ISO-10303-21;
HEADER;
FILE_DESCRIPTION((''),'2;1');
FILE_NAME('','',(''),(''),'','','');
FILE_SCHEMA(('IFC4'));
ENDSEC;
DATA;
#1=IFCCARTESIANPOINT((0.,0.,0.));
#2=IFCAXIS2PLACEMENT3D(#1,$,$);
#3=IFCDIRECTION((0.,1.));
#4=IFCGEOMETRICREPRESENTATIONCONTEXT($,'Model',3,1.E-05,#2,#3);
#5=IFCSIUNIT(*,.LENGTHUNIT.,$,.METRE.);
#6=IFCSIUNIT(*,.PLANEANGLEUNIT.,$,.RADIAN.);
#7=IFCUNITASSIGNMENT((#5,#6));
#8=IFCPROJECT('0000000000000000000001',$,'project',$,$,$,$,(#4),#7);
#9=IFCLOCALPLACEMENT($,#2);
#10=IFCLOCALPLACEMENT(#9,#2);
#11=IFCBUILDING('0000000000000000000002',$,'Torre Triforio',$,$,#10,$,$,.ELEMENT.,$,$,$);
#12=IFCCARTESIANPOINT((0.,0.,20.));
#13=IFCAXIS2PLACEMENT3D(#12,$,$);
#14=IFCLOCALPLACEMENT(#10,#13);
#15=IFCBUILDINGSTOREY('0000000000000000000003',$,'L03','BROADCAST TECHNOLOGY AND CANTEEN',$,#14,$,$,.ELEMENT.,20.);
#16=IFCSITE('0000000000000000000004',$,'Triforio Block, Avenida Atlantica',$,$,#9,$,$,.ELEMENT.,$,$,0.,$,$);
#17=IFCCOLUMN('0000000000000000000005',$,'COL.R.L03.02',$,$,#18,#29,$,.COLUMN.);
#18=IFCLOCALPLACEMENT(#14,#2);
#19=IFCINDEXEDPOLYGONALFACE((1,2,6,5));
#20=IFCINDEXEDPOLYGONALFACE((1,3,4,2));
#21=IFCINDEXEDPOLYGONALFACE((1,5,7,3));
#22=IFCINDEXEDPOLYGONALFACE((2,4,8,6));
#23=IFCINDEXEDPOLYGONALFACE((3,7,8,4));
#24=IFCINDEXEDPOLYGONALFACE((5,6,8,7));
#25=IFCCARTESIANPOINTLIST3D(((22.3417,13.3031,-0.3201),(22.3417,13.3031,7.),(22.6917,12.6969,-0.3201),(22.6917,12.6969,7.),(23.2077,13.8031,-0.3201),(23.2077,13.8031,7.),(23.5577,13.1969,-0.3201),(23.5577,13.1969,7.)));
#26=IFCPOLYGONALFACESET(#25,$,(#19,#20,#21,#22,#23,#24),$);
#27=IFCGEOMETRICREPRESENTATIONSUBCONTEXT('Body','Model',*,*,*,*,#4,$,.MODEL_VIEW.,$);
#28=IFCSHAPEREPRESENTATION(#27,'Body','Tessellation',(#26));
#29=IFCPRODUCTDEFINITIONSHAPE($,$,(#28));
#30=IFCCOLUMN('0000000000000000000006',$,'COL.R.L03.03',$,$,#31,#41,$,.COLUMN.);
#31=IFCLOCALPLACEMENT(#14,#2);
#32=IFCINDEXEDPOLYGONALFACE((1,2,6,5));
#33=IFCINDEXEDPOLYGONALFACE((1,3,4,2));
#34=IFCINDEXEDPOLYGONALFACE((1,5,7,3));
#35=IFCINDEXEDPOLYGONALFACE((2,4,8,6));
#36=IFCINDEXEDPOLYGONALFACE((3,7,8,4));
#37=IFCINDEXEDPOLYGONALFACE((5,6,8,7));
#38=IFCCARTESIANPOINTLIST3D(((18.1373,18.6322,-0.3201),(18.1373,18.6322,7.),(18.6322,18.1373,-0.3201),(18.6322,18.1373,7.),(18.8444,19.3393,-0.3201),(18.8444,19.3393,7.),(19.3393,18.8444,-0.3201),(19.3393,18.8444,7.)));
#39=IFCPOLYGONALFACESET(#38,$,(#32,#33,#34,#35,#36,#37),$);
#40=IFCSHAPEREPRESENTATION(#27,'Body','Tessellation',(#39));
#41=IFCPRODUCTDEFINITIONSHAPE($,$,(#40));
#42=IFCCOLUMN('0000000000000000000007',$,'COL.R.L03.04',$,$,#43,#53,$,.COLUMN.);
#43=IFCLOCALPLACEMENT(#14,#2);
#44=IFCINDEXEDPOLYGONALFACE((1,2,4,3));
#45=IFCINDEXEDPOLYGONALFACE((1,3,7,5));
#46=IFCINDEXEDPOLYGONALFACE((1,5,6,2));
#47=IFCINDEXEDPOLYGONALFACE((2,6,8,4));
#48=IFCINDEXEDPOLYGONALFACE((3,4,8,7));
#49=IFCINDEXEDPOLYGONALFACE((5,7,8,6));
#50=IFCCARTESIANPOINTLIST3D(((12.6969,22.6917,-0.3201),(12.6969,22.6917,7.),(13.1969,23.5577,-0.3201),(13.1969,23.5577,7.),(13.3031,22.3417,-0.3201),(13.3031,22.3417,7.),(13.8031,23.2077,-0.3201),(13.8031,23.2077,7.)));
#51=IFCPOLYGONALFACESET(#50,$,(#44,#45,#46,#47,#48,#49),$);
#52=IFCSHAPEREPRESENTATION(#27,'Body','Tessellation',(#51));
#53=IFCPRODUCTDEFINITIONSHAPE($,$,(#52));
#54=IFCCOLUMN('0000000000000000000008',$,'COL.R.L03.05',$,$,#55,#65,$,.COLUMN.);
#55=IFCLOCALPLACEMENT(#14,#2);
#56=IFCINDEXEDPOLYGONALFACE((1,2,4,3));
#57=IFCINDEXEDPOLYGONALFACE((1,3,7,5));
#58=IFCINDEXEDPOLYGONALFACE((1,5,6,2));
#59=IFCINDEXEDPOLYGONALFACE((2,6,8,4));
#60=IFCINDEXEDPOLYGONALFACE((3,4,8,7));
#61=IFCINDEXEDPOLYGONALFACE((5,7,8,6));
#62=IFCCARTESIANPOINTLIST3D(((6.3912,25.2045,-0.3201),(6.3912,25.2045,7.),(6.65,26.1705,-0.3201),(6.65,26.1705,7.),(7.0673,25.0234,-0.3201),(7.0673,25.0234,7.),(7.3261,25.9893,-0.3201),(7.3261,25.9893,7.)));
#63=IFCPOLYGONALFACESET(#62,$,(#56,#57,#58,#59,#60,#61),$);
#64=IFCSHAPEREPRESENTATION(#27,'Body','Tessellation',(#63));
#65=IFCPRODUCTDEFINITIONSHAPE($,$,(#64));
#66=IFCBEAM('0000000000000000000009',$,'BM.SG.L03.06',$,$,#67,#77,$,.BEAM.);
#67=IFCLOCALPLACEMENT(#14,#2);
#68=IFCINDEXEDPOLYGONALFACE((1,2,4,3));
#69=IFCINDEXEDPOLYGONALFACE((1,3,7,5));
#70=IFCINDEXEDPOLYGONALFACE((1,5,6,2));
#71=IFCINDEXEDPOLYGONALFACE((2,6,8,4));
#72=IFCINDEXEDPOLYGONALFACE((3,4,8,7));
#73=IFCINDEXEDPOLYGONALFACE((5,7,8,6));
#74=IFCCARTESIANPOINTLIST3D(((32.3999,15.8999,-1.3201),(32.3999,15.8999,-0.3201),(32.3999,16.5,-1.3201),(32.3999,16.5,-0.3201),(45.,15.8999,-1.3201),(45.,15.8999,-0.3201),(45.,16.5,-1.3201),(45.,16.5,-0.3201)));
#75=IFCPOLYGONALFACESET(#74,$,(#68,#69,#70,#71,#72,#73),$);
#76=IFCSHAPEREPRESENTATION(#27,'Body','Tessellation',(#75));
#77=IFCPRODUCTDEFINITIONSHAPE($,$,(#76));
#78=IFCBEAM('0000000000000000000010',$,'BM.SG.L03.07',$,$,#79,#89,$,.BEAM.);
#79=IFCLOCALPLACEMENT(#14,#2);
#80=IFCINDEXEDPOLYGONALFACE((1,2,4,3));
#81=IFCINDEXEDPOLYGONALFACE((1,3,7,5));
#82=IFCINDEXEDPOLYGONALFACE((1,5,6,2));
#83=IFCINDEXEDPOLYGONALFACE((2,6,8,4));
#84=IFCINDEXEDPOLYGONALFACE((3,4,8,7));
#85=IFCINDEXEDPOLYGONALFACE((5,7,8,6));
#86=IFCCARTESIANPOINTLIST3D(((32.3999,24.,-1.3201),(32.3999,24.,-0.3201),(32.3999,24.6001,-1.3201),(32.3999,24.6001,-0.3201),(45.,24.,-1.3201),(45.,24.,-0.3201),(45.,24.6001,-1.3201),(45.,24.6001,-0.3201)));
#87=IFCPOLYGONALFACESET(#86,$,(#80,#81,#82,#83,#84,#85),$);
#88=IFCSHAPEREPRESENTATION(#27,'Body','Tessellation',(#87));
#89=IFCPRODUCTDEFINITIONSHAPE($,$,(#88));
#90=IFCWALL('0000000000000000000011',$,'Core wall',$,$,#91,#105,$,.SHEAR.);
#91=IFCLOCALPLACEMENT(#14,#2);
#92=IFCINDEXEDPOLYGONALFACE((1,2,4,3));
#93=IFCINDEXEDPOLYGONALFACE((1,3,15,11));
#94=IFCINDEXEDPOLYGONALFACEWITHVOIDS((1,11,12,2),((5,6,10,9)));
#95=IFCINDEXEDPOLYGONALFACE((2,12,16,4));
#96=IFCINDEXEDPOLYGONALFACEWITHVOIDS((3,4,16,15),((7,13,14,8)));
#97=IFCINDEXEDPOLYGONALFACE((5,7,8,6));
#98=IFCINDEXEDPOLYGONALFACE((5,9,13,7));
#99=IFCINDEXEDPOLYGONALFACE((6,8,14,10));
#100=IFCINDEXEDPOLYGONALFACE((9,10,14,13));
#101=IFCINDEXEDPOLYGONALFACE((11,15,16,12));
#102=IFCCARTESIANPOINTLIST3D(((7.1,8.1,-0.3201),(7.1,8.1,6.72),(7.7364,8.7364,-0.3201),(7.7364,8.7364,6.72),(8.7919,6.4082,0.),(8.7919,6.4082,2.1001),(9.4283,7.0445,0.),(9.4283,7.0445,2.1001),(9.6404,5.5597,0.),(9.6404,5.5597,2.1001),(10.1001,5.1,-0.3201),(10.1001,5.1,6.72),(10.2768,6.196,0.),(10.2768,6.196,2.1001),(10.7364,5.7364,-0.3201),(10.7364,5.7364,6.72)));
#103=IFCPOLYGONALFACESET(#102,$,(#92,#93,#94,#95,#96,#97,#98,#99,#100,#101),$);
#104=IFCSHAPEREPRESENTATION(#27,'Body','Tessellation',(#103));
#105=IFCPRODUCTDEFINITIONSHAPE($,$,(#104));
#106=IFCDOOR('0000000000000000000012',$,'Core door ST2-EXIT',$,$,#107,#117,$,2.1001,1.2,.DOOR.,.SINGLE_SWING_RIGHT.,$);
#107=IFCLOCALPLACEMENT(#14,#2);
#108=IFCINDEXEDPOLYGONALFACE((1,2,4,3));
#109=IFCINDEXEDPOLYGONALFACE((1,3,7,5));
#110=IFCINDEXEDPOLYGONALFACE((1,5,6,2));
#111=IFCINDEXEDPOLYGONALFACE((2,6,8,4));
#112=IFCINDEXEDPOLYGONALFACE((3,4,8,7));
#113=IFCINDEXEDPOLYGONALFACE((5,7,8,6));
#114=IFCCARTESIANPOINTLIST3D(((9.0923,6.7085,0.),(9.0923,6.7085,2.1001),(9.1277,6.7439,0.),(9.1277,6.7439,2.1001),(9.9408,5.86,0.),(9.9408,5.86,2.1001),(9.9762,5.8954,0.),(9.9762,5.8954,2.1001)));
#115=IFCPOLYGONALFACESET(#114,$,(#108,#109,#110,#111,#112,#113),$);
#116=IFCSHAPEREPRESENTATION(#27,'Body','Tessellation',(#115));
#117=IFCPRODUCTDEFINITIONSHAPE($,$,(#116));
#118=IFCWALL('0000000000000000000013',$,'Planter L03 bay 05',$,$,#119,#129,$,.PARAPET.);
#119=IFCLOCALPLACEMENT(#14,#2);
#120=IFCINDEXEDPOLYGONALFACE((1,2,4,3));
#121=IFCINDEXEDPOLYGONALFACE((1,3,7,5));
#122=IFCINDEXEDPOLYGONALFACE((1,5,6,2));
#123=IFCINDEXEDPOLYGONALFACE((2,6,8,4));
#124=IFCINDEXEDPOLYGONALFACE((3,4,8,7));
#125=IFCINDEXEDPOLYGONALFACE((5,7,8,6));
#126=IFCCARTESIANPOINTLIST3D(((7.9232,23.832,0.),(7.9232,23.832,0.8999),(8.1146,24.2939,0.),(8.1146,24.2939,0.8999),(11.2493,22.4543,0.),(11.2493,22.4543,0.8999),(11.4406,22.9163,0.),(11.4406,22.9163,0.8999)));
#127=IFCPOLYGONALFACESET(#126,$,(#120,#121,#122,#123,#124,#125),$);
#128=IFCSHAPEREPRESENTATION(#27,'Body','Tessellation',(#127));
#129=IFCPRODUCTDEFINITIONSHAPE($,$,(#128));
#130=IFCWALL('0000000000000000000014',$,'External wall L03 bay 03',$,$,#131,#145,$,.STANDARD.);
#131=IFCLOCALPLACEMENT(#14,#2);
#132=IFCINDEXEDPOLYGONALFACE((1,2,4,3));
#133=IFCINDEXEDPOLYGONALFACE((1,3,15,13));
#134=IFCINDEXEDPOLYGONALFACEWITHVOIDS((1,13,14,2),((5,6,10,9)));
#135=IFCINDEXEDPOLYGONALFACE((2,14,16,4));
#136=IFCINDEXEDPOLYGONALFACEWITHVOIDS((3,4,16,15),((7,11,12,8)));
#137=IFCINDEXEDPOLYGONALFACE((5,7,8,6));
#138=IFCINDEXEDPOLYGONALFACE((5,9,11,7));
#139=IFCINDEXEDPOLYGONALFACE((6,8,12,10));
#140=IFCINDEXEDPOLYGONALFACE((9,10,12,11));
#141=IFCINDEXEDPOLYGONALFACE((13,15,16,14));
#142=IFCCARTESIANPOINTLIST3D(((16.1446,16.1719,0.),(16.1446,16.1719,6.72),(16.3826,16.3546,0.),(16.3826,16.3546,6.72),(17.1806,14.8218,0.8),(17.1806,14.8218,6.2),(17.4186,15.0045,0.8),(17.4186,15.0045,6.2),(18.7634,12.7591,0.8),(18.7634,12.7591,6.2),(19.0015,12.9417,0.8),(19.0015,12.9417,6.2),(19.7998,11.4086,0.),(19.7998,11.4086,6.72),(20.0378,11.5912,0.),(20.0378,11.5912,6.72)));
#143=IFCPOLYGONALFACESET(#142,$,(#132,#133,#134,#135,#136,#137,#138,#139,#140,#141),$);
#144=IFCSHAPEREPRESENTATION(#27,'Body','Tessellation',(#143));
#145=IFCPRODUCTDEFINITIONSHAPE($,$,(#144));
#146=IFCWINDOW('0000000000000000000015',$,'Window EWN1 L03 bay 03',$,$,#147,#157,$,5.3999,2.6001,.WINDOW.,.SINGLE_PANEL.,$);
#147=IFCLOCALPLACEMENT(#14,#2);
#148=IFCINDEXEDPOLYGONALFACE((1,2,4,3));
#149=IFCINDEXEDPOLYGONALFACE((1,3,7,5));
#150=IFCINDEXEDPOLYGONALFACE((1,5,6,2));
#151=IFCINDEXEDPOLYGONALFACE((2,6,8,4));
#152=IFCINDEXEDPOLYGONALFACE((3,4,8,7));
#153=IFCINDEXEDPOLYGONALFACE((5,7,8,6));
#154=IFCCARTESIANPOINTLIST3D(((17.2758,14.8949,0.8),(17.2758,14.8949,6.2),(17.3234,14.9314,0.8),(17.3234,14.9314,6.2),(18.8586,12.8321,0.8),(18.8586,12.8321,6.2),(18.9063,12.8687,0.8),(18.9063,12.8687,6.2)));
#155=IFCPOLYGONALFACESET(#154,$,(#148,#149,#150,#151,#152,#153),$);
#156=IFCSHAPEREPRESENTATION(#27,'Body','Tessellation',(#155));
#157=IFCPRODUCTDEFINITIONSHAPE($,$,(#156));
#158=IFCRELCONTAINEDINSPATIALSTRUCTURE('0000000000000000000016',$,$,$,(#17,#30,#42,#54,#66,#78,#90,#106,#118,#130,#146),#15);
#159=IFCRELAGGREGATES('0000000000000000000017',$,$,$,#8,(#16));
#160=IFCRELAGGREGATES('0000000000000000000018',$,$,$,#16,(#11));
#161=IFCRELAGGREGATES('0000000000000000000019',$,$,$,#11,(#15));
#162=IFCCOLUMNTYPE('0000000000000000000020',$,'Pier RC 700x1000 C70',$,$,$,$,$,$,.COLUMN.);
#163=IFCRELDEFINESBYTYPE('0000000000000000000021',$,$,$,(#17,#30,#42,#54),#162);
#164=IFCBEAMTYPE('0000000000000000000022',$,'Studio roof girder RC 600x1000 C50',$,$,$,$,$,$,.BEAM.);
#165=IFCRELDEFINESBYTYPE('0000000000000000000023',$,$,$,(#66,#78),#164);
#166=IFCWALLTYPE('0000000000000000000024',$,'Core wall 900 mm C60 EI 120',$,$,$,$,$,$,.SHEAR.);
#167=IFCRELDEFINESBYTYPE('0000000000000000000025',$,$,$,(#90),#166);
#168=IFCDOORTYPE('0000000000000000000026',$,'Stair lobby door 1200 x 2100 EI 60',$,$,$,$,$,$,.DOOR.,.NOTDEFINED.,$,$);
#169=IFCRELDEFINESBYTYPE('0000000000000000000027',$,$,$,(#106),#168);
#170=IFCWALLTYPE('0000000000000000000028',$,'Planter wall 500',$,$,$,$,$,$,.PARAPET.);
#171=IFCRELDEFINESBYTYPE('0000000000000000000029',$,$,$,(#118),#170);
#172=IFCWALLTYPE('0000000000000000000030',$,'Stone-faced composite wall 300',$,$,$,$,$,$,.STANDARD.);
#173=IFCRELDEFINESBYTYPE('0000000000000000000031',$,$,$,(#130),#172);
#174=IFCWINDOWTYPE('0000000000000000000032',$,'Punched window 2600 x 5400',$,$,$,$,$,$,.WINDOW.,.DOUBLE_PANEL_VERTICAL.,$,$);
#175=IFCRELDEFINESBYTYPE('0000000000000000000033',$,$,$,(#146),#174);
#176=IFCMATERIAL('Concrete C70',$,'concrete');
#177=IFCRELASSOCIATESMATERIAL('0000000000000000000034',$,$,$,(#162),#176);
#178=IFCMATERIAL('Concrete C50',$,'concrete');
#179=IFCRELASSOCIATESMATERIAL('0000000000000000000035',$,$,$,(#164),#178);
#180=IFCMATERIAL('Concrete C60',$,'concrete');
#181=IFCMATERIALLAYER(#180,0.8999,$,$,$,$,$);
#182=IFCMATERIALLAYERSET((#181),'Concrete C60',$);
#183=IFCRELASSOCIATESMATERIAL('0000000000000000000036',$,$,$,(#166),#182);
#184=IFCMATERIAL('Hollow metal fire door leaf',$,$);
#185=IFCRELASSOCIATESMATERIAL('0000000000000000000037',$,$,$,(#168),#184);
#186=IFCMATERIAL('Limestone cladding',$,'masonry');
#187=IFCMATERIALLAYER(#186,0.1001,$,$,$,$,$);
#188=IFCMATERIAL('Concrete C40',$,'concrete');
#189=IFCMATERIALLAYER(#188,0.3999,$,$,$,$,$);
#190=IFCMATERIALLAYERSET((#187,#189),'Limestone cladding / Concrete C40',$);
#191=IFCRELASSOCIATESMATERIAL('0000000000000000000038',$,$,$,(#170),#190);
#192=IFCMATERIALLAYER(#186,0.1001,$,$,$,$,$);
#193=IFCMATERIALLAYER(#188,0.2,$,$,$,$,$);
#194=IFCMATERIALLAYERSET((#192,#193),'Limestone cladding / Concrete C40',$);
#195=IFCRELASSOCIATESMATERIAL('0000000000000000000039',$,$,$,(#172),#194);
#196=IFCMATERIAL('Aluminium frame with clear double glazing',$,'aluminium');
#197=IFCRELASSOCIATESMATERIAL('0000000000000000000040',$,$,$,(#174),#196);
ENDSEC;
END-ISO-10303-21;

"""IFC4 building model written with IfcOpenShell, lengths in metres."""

from ifc_helpers import new_model, si_unit, direction, frame, frame_2d, origin, origin_2d, place, context, subcontext, project, spatial, rectangle, extrude, material, layer, layer_set, material_profile, profile_set, type_object, element, fill, save


model = new_model("IFC4")

# Units and contexts
model_context = context("Model", 3, precision=1e-05, world=origin(), true_north=direction((0.0, 1.0)))
body_context = subcontext(model_context, "Body", "Model", "MODEL_VIEW")
ifc_project = project(units=[si_unit("LENGTHUNIT", "METRE"), si_unit("PLANEANGLEUNIT", "RADIAN")], contexts=[model_context])

# Site, building, storey
site_placement = place(None, origin())
site = spatial("IfcSite", under=ifc_project, at=site_placement, Name="Triforio Block, Avenida Atlantica", CompositionType="ELEMENT", RefElevation=0.0)
building_placement = place(site_placement, origin())
building = spatial("IfcBuilding", under=site, at=building_placement, Name="Torre Triforio", CompositionType="ELEMENT")
storey_placement = place(building_placement, frame((0.0, 0.0, 20.0)))
storey = spatial("IfcBuildingStorey", under=building, at=storey_placement, Name="L03", Description="BROADCAST TECHNOLOGY AND CANTEEN", CompositionType="ELEMENT", Elevation=20.0)

# Columns
ifc_material_1 = material(Name="Concrete C70", Category="concrete")
ifc_material_profile_1 = material_profile(ifc_material_1, rectangle(XDim=0.7, YDim=1.0, at=origin_2d()), Name="RC 700x1000")
ifc_profile_set_1 = profile_set([ifc_material_profile_1], Name="Concrete C70")
column_type = type_object("IfcColumnType", Name="Pier RC 700x1000 C70", PredefinedType="COLUMN", material=ifc_profile_set_1)
for number, where, z_axis, x_axis, name in (
    (1, (22.9497, 13.25, -0.3201), (0.0, 0.0, 1.0), (-0.5, 0.866025, 0.0), "COL.R.L03.02"),
    (2, (18.7383, 18.7383, -0.3201), (0.0, 0.0, 1.0), (-0.707107, 0.707107, 0.0), "COL.R.L03.03"),
    (3, (13.25, 22.9497, -0.3201), (0.0, 0.0, 1.0), (-0.866025, 0.5, 0.0), "COL.R.L03.04"),
    (4, (6.8586, 25.5969, -0.3201), (0.0, 0.0, 1.0), (-0.965926, 0.258819, 0.0), "COL.R.L03.05"),
):
    element("IfcColumn", number, at=place(storey_placement, frame(where, z_axis=z_axis, x_axis=x_axis)), inside=storey, type_object=column_type, Name=name, PredefinedType="COLUMN", context=body_context, shape_type="SweptSolid", body=[
        extrude(rectangle(XDim=0.7, YDim=1.0, at=origin_2d()), origin(), (0.0, 0.0, 1.0), 7.3201),
    ])

# Beams
ifc_material_2 = material(Name="Concrete C50", Category="concrete")
ifc_material_profile_2 = material_profile(ifc_material_2, rectangle(XDim=0.6001, YDim=1.0, at=origin_2d()), Name="RC 600x1000")
ifc_profile_set_2 = profile_set([ifc_material_profile_2], Name="Concrete C50")
beam_type = type_object("IfcBeamType", Name="Studio roof girder RC 600x1000 C50", PredefinedType="BEAM", material=ifc_profile_set_2)
for number, where, z_axis, x_axis, name in (
    (5, (32.3999, 16.2, -0.8201), (1.0, 0.0, 0.0), (0.0, 1.0, 0.0), "BM.SG.L03.06"),
    (6, (32.3999, 24.3, -0.8201), (1.0, 0.0, 0.0), (0.0, 1.0, 0.0), "BM.SG.L03.07"),
):
    element("IfcBeam", number, at=place(storey_placement, frame(where, z_axis=z_axis, x_axis=x_axis)), inside=storey, type_object=beam_type, Name=name, PredefinedType="BEAM", context=body_context, shape_type="SweptSolid", body=[
        extrude(rectangle(XDim=0.6001, YDim=1.0, at=origin_2d()), origin(), (0.0, 0.0, 1.0), 12.6001),
    ])

# Wall, opening, door
ifc_material_3 = material(Name="Concrete C60", Category="concrete")
ifc_layer_1 = layer(ifc_material_3, 0.8999)
ifc_layer_set_1 = layer_set([ifc_layer_1], Name="Concrete C60")
wall_type_1 = type_object("IfcWallType", Name="Core wall 900 mm C60 EI 120", PredefinedType="SHEAR", material=ifc_layer_set_1)
wall_1_placement = place(storey_placement, frame((7.4182, 8.4182, -0.3201), z_axis=(0.0, 0.0, 1.0), x_axis=(0.707107, -0.707107, 0.0)))
wall_1 = element("IfcWall", 7, at=wall_1_placement, inside=storey, type_object=wall_type_1, Name="Core wall", PredefinedType="SHEAR", context=body_context, shape_type="SweptSolid", body=[
    extrude(rectangle(XDim=4.2427, YDim=0.8999, at=frame_2d((2.1213, 0.0))), origin(), (0.0, 0.0, 1.0), 7.04),
])
opening_1_placement = place(wall_1_placement, frame((2.3926, 0.0, 0.3201)))
opening_1 = element("IfcOpeningElement", 8, at=opening_1_placement, cuts=wall_1, PredefinedType="OPENING", context=body_context, shape_type="SweptSolid", body=[
    extrude(rectangle(XDim=1.2, YDim=2.1001, at=frame_2d((0.6001, 1.05))), frame((0.0, 0.46, 0.0), z_axis=(0.0, -1.0, 0.0), x_axis=(1.0, 0.0, 0.0)), (0.0, 0.0, 1.0), 0.9199),
])
ifc_material_4 = material(Name="Hollow metal fire door leaf")
door_type = type_object("IfcDoorType", Name="Stair lobby door 1200 x 2100 EI 60", OperationType="NOTDEFINED", PredefinedType="DOOR", material=ifc_material_4)
door_placement = place(opening_1_placement, origin())
door = element("IfcDoor", 9, at=door_placement, inside=storey, type_object=door_type, Name="Core door ST2-EXIT", OperationType="SINGLE_SWING_RIGHT", OverallHeight=2.1001, OverallWidth=1.2, PredefinedType="DOOR", context=body_context, shape_type="SweptSolid", body=[
    extrude(rectangle(XDim=1.2, YDim=2.1001, at=frame_2d((0.6001, 1.05))), frame((0.0, 0.0249, 0.0), z_axis=(0.0, -1.0, 0.0), x_axis=(1.0, 0.0, 0.0)), (0.0, 0.0, 1.0), 0.05),
])
fill(opening_1, door)

# Wall
ifc_material_5 = material(Name="Limestone cladding", Category="masonry")
ifc_layer_2 = layer(ifc_material_5, 0.1001)
ifc_material_6 = material(Name="Concrete C40", Category="concrete")
ifc_layer_3 = layer(ifc_material_6, 0.3999)
ifc_layer_set_2 = layer_set([ifc_layer_2, ifc_layer_3], Name="Limestone cladding / Concrete C40")
wall_type_2 = type_object("IfcWallType", Name="Planter wall 500", PredefinedType="PARAPET", material=ifc_layer_set_2)
wall_2_placement = place(storey_placement, frame((11.345, 22.6853, 0.0), z_axis=(0.0, 0.0, 1.0), x_axis=(-0.923885, 0.382669, 0.0)))
element("IfcWall", 10, at=wall_2_placement, inside=storey, type_object=wall_type_2, Name="Planter L03 bay 05", PredefinedType="PARAPET", context=body_context, shape_type="SweptSolid", body=[
    extrude(rectangle(XDim=3.6001, YDim=0.5, at=frame_2d((1.8, 0.0))), origin(), (0.0, 0.0, 1.0), 0.8999),
])

# Wall, opening, window
ifc_layer_4 = layer(ifc_material_5, 0.1001)
ifc_layer_5 = layer(ifc_material_6, 0.2)
ifc_layer_set_3 = layer_set([ifc_layer_4, ifc_layer_5], Name="Limestone cladding / Concrete C40")
wall_type_3 = type_object("IfcWallType", Name="Stone-faced composite wall 300", PredefinedType="STANDARD", material=ifc_layer_set_3)
wall_3_placement = place(storey_placement, frame((19.9187, 11.5, 0.0), z_axis=(0.0, 0.0, 1.0), x_axis=(-0.608779, 0.79334, 0.0)))
wall_3 = element("IfcWall", 11, at=wall_3_placement, inside=storey, type_object=wall_type_3, Name="External wall L03 bay 03", PredefinedType="STANDARD", context=body_context, shape_type="SweptSolid", body=[
    extrude(rectangle(XDim=6.0042, YDim=0.3, at=frame_2d((3.002, 0.0))), origin(), (0.0, 0.0, 1.0), 6.72),
])
opening_2_placement = place(wall_3_placement, frame((1.7021, 0.0, 0.8)))
opening_2 = element("IfcOpeningElement", 12, at=opening_2_placement, cuts=wall_3, PredefinedType="OPENING", context=body_context, shape_type="SweptSolid", body=[
    extrude(rectangle(XDim=2.6001, YDim=5.3999, at=frame_2d((1.3, 2.7))), frame((0.0, 0.1599, 0.0), z_axis=(0.0, -1.0, 0.0), x_axis=(1.0, 0.0, 0.0)), (0.0, 0.0, 1.0), 0.3201),
])
ifc_material_7 = material(Name="Aluminium frame with clear double glazing", Category="aluminium")
window_type = type_object("IfcWindowType", Name="Punched window 2600 x 5400", PartitioningType="DOUBLE_PANEL_VERTICAL", PredefinedType="WINDOW", material=ifc_material_7)
window_1_placement = place(opening_2_placement, origin())
window_1 = element("IfcWindow", 13, at=window_1_placement, inside=storey, type_object=window_type, Name="Window EWN1 L03 bay 03", OverallHeight=5.3999, OverallWidth=2.6001, PartitioningType="SINGLE_PANEL", PredefinedType="WINDOW", context=body_context, shape_type="SweptSolid", body=[
    extrude(rectangle(XDim=2.6001, YDim=5.3999, at=frame_2d((1.3, 2.7))), frame((0.0, 0.03, 0.0), z_axis=(0.0, -1.0, 0.0), x_axis=(1.0, 0.0, 0.0)), (0.0, 0.0, 1.0), 0.0601),
])
fill(opening_2, window_1)

save(model, "model.ifc")
